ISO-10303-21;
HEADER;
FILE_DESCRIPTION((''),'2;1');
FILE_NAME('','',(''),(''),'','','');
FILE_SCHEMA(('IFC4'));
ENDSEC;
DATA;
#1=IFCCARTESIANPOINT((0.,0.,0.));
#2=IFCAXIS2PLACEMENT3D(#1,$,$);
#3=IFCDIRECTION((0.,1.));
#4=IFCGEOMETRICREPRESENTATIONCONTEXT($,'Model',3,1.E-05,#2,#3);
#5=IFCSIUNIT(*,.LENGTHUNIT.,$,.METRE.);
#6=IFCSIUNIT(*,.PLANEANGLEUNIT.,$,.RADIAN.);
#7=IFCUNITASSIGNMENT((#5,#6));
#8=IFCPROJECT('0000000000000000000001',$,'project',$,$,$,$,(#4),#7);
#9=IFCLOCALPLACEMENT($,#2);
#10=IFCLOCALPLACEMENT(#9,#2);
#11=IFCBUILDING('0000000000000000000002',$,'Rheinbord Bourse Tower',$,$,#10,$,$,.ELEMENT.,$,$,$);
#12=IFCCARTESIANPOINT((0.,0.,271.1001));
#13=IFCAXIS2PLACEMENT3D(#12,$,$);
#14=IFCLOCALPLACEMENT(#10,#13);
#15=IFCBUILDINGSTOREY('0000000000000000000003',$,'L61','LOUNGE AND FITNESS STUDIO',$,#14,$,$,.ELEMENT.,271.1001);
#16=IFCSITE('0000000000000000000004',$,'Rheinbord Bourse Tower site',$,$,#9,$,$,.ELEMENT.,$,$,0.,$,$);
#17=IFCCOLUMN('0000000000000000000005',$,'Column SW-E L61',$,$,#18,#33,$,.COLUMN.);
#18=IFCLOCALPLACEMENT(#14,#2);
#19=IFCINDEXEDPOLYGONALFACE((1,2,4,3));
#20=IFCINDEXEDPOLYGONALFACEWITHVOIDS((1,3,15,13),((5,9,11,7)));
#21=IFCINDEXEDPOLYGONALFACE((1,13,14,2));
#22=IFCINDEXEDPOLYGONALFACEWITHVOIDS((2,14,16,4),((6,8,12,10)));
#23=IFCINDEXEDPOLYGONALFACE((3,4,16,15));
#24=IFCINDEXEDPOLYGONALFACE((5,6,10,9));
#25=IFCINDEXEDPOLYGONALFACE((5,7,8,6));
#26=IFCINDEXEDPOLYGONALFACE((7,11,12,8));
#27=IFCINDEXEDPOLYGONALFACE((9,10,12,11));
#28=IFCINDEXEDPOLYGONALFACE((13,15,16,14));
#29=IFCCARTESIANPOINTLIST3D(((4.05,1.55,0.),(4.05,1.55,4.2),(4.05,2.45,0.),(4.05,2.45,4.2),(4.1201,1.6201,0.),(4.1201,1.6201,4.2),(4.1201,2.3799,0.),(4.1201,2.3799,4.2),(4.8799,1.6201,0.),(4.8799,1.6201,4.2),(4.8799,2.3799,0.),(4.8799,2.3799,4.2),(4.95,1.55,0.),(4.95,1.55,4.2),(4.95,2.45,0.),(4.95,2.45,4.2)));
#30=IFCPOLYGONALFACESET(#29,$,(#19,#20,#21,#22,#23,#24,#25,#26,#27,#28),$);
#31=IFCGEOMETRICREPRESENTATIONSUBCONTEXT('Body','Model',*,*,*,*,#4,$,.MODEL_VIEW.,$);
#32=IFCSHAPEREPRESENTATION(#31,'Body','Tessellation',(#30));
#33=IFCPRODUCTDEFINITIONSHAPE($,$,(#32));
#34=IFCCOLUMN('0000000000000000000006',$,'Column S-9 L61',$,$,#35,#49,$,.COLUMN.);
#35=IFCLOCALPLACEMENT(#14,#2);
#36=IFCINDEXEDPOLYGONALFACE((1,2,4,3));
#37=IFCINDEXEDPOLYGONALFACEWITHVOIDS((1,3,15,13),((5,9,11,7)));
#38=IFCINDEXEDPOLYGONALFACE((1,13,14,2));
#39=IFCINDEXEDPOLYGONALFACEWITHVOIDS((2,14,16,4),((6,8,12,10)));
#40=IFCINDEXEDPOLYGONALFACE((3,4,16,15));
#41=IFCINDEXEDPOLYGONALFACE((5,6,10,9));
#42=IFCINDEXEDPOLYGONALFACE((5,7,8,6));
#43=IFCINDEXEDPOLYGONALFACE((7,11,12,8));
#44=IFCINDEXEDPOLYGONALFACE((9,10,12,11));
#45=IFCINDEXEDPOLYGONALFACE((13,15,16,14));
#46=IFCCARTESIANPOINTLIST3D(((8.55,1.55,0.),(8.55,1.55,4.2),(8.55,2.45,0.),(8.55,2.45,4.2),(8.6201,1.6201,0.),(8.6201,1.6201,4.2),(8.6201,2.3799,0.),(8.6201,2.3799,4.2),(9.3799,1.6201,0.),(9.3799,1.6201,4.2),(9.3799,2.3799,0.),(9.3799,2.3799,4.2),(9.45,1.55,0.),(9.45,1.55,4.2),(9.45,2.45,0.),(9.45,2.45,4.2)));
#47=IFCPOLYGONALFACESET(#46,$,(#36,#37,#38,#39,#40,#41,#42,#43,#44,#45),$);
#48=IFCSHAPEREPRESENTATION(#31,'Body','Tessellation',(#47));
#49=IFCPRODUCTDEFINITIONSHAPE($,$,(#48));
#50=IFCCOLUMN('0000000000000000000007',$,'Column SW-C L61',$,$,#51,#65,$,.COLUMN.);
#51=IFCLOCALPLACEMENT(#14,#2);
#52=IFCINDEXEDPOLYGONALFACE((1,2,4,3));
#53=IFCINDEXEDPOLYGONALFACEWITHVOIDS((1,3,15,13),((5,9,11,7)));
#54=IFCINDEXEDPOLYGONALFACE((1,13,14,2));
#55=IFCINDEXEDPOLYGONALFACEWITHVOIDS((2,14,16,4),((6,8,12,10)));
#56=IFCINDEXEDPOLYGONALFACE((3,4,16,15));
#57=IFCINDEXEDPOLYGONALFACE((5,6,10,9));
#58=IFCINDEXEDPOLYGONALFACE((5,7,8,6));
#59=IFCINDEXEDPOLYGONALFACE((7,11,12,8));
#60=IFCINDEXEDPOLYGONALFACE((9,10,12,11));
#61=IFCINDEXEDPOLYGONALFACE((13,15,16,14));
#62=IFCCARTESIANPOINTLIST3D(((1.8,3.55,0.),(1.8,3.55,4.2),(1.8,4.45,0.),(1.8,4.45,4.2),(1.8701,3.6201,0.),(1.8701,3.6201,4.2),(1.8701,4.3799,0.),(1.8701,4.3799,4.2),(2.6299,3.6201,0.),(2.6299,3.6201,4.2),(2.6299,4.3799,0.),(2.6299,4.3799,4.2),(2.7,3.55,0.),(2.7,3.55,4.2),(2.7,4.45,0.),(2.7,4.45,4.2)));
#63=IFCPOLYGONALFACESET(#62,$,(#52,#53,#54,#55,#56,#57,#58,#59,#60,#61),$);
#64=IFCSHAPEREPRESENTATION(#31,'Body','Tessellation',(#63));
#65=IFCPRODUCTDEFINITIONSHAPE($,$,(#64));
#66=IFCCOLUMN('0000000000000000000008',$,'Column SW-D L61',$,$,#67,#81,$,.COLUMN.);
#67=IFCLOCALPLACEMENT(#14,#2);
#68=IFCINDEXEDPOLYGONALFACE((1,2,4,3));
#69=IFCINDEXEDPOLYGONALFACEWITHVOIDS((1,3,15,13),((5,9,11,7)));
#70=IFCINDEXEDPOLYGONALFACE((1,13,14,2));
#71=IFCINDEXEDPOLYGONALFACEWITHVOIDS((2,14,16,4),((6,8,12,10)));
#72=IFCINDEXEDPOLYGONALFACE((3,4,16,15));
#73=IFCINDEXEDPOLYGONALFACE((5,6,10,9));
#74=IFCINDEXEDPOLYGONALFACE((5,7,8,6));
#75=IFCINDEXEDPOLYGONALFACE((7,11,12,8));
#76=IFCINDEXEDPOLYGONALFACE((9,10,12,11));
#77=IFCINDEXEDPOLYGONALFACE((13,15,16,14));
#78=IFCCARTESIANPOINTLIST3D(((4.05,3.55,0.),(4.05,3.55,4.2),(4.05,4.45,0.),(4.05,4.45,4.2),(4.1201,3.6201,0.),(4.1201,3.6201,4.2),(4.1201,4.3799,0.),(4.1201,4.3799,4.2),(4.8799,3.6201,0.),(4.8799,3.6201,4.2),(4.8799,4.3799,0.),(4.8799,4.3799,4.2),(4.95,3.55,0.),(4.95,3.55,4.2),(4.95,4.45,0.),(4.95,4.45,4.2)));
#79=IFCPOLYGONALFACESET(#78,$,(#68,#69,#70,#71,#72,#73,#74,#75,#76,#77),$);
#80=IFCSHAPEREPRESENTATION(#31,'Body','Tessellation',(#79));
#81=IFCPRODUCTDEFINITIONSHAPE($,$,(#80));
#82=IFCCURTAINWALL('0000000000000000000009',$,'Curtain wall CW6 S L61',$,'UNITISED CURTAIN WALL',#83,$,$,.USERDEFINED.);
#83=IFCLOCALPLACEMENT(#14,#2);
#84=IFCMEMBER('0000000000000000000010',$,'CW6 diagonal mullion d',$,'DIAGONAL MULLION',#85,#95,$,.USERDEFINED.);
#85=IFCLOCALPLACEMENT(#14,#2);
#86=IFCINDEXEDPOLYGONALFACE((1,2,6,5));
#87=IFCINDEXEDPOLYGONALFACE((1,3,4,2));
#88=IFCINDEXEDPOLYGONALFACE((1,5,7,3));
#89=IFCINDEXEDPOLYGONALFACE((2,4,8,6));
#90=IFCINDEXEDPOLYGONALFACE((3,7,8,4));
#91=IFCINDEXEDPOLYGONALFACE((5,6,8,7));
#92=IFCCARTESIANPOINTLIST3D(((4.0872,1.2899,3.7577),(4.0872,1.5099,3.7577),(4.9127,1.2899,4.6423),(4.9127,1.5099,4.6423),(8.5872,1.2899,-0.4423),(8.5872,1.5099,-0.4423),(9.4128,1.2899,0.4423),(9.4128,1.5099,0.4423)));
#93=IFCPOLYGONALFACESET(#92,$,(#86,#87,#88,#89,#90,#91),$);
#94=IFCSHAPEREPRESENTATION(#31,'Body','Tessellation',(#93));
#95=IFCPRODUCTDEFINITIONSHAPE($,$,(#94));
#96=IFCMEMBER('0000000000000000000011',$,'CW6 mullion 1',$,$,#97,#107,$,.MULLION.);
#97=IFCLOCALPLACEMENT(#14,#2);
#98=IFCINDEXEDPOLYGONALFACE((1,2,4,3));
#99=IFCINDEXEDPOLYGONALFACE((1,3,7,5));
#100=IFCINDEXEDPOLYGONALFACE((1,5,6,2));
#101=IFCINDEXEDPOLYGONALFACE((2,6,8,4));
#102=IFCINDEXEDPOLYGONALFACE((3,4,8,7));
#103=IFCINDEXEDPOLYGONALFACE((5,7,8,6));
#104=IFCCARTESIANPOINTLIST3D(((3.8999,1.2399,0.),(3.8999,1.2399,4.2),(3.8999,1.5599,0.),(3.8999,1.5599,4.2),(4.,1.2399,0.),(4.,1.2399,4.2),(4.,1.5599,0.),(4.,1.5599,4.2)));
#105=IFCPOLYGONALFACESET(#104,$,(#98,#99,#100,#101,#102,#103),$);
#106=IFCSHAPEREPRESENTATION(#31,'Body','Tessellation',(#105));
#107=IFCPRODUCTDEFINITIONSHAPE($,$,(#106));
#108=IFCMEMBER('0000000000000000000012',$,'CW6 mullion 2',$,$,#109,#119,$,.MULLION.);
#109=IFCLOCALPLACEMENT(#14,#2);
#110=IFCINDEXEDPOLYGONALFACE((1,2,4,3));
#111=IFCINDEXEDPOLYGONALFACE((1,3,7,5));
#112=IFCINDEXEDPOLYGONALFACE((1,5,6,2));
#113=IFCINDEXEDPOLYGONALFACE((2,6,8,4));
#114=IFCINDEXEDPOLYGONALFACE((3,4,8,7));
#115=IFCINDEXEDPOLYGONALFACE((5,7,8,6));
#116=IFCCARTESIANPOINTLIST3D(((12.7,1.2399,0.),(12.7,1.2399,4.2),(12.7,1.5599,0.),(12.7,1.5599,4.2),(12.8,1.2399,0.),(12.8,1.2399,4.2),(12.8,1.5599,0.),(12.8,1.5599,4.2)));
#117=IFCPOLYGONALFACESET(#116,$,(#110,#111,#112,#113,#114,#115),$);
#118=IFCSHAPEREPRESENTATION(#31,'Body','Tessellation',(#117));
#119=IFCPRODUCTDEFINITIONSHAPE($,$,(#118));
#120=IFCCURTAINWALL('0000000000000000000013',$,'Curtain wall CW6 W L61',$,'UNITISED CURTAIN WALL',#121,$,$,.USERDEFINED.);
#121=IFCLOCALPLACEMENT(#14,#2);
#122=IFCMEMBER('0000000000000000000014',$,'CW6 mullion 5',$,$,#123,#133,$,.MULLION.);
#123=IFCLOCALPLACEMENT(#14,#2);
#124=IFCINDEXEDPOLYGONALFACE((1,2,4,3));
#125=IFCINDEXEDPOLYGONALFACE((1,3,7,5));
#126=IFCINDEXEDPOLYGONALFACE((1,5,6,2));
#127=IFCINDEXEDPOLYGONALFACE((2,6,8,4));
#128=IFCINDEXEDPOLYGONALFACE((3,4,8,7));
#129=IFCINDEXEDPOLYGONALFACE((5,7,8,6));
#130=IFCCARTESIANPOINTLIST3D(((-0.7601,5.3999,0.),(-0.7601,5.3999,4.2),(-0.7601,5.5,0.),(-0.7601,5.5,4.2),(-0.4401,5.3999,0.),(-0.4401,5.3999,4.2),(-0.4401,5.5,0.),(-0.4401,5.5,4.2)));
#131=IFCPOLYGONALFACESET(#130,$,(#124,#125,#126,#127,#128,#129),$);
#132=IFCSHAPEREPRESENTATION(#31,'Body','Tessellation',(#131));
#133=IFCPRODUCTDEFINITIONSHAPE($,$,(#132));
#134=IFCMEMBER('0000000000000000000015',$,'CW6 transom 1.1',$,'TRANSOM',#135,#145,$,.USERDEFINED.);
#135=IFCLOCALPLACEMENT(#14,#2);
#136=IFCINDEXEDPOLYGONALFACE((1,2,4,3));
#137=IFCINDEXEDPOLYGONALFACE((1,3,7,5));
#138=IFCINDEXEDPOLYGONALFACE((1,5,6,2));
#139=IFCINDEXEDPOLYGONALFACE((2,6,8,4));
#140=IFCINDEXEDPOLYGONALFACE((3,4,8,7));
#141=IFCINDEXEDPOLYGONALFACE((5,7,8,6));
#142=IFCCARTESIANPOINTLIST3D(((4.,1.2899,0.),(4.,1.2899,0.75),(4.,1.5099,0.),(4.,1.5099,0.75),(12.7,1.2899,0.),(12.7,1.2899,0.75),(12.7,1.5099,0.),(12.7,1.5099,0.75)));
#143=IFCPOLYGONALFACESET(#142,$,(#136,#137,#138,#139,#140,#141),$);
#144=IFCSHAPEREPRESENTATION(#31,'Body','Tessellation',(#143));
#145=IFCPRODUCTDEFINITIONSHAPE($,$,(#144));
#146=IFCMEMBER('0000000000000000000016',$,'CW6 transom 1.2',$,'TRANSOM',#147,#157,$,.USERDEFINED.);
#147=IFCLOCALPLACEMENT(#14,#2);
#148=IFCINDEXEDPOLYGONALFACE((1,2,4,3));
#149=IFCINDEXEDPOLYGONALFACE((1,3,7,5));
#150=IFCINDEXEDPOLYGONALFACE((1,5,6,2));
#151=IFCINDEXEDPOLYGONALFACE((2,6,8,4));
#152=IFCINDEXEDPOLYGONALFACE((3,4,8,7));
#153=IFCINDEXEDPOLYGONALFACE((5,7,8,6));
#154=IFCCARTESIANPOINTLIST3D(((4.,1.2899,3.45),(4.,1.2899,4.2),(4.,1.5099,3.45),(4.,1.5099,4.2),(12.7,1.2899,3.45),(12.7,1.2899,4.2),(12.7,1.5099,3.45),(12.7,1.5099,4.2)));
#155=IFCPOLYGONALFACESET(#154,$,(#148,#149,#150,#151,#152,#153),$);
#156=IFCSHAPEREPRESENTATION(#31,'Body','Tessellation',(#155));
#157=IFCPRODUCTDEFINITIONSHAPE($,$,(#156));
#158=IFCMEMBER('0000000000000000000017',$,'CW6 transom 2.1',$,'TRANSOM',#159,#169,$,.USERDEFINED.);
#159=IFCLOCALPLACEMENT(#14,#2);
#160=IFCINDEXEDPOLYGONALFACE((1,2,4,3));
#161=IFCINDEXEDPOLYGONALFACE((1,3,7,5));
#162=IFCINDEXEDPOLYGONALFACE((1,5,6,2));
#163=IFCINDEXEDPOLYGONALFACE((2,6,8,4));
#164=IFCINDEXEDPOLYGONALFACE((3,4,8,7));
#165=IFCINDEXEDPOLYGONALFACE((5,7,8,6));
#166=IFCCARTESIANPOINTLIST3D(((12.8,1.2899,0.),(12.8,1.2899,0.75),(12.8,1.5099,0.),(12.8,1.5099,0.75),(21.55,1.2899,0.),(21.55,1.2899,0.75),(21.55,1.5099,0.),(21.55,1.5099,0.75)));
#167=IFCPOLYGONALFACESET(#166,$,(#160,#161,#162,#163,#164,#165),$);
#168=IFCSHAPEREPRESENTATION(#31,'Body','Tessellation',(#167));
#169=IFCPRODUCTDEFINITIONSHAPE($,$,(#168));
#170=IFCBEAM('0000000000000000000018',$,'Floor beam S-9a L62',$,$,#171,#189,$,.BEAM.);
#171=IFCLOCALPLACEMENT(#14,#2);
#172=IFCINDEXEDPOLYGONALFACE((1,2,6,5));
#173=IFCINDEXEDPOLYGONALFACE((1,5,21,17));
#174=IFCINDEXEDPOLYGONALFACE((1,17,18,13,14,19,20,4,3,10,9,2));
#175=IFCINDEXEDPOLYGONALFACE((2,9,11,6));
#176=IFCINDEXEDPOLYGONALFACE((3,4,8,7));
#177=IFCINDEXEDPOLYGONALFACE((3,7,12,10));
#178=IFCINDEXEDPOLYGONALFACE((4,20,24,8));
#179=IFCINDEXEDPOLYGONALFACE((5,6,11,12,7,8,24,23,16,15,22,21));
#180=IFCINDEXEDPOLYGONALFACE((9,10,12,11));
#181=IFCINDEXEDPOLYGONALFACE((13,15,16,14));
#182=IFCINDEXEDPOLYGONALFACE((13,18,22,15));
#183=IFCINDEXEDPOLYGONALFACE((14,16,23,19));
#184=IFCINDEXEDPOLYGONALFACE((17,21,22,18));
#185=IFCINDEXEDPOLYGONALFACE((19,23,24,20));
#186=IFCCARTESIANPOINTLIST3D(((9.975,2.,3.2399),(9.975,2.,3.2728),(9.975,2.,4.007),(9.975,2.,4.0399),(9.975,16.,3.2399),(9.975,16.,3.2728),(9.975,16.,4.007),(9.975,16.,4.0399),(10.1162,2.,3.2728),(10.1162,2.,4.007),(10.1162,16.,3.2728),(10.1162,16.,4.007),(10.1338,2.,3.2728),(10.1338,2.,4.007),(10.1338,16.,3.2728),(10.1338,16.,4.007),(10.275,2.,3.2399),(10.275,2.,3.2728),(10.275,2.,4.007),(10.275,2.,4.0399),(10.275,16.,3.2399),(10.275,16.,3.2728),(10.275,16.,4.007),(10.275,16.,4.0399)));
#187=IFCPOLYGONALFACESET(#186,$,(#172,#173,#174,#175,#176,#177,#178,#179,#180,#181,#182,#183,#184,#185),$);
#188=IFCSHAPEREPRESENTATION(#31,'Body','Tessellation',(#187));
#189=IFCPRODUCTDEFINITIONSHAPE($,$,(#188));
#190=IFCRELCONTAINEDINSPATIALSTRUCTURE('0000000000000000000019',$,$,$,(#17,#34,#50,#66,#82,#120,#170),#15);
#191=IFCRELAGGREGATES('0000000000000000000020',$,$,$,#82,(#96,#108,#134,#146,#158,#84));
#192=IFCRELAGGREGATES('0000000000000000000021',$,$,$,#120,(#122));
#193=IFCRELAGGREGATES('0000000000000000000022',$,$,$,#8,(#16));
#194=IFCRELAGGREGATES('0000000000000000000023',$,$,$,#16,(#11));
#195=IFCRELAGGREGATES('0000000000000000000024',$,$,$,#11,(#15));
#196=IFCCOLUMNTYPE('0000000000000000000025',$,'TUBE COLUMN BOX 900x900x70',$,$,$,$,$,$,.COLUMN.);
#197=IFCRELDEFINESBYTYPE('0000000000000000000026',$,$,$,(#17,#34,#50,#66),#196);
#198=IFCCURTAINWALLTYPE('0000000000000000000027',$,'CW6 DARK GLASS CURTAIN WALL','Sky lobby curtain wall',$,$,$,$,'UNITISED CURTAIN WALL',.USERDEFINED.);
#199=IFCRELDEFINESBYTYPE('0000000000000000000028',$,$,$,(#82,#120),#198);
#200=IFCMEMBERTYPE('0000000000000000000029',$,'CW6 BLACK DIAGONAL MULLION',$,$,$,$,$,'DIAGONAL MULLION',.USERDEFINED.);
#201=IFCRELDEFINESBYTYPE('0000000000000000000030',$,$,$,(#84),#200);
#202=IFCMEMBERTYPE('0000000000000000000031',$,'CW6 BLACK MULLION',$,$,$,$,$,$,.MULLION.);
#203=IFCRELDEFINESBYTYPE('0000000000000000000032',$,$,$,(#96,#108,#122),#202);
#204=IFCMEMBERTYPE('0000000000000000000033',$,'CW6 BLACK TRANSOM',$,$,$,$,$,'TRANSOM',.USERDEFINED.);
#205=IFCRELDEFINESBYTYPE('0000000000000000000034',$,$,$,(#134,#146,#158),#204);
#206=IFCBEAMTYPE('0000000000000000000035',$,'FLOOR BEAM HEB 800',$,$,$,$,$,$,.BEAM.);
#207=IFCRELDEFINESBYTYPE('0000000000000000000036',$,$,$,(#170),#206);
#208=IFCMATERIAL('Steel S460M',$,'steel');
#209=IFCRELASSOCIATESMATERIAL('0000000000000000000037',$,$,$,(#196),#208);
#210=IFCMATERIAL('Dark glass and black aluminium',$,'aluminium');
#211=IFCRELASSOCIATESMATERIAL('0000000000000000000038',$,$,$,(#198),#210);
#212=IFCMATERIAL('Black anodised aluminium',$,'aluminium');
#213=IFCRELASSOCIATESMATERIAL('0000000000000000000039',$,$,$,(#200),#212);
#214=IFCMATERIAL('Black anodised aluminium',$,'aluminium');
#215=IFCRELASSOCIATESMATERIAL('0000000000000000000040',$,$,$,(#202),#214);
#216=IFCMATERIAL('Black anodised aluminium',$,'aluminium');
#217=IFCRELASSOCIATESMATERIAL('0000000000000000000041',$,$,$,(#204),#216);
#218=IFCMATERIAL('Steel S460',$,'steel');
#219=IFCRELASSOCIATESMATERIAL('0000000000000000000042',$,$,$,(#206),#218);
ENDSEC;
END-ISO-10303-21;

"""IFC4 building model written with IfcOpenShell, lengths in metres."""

from ifc_helpers import new_model, si_unit, direction, frame, origin, origin_2d, place, context, subcontext, project, spatial, rectangle, hollow_rectangle, i_section, extrude, material, material_profile, profile_set, type_object, element, aggregate, save


model = new_model("IFC4")

# Units and contexts
model_context = context("Model", 3, precision=1e-05, world=origin(), true_north=direction((0.0, 1.0)))
body_context = subcontext(model_context, "Body", "Model", "MODEL_VIEW")
ifc_project = project(units=[si_unit("LENGTHUNIT", "METRE"), si_unit("PLANEANGLEUNIT", "RADIAN")], contexts=[model_context])

# Site, building, storey
site_placement = place(None, origin())
site = spatial("IfcSite", under=ifc_project, at=site_placement, Name="Rheinbord Bourse Tower site", CompositionType="ELEMENT", RefElevation=0.0)
building_placement = place(site_placement, origin())
building = spatial("IfcBuilding", under=site, at=building_placement, Name="Rheinbord Bourse Tower", CompositionType="ELEMENT")
storey_placement = place(building_placement, frame((0.0, 0.0, 271.1001)))
storey = spatial("IfcBuildingStorey", under=building, at=storey_placement, Name="L61", Description="LOUNGE AND FITNESS STUDIO", CompositionType="ELEMENT", Elevation=271.1001)

# Columns
ifc_material_1 = material(Name="Steel S460M", Category="steel")
ifc_material_profile_1 = material_profile(ifc_material_1, hollow_rectangle(XDim=0.8999, YDim=0.8999, WallThickness=0.0701, at=origin_2d()), Name="BOX 900x900x70")
ifc_profile_set_1 = profile_set([ifc_material_profile_1], Name="Steel S460M")
column_type = type_object("IfcColumnType", Name="TUBE COLUMN BOX 900x900x70", PredefinedType="COLUMN", material=ifc_profile_set_1)
for number, where, z_axis, x_axis, name in (
    (1, (4.5, 2.0, 0.0), (0.0, 0.0, 1.0), (0.0, 1.0, 0.0), "Column SW-E L61"),
    (2, (9.0, 2.0, 0.0), (0.0, 0.0, 1.0), (0.0, 1.0, 0.0), "Column S-9 L61"),
    (3, (2.25, 4.0, 0.0), (0.0, 0.0, 1.0), (1.0, 0.0, 0.0), "Column SW-C L61"),
    (4, (4.5, 4.0, 0.0), (0.0, 0.0, 1.0), (0.0, 1.0, 0.0), "Column SW-D L61"),
):
    element("IfcColumn", number, at=place(storey_placement, frame(where, z_axis=z_axis, x_axis=x_axis)), inside=storey, type_object=column_type, Name=name, PredefinedType="COLUMN", context=body_context, shape_type="SweptSolid", body=[
        extrude(hollow_rectangle(XDim=0.8999, YDim=0.8999, WallThickness=0.0701, at=origin_2d()), origin(), (0.0, 0.0, 1.0), 4.2),
    ])

# Curtain wall, members
ifc_material_2 = material(Name="Dark glass and black aluminium", Category="aluminium")
curtain_wall_type = type_object("IfcCurtainWallType", Name="CW6 DARK GLASS CURTAIN WALL", Description="Sky lobby curtain wall", ElementType="UNITISED CURTAIN WALL", PredefinedType="USERDEFINED", material=ifc_material_2)
curtain_wall_1_placement = place(storey_placement, origin())
curtain_wall_1 = element("IfcCurtainWall", 5, at=curtain_wall_1_placement, inside=storey, type_object=curtain_wall_type, Name="Curtain wall CW6 S L61", ObjectType="UNITISED CURTAIN WALL", PredefinedType="USERDEFINED")
ifc_material_3 = material(Name="Black anodised aluminium", Category="aluminium")
ifc_material_profile_2 = material_profile(ifc_material_3, rectangle(XDim=0.22, YDim=1.21, at=origin_2d()), Name="CW6 DIAGONAL MULLION 1210x220")
ifc_profile_set_2 = profile_set([ifc_material_profile_2], Name="Black anodised aluminium")
member_type_1 = type_object("IfcMemberType", Name="CW6 BLACK DIAGONAL MULLION", ElementType="DIAGONAL MULLION", PredefinedType="USERDEFINED", material=ifc_profile_set_2)
member_1_placement = place(storey_placement, frame((9.0, 1.3999, 0.0), z_axis=(-0.731059, 0.0, 0.682314), x_axis=(0.0, -1.0, 0.0)))
member_1 = element("IfcMember", 6, at=member_1_placement, type_object=member_type_1, Name="CW6 diagonal mullion d", ObjectType="DIAGONAL MULLION", PredefinedType="USERDEFINED", context=body_context, shape_type="SweptSolid", body=[
    extrude(rectangle(XDim=0.22, YDim=1.21, at=origin_2d()), origin(), (0.0, 0.0, 1.0), 6.1555),
])
ifc_material_4 = material(Name="Black anodised aluminium", Category="aluminium")
ifc_material_profile_3 = material_profile(ifc_material_4, rectangle(XDim=0.3201, YDim=0.1001, at=origin_2d()), Name="CW6 MULLION 100x320")
ifc_profile_set_3 = profile_set([ifc_material_profile_3], Name="Black anodised aluminium")
member_type_2 = type_object("IfcMemberType", Name="CW6 BLACK MULLION", PredefinedType="MULLION", material=ifc_profile_set_3)
member_2_placement = place(storey_placement, frame((3.95, 1.3999, 0.0), z_axis=(0.0, 0.0, 1.0), x_axis=(0.0, 1.0, 0.0)))
member_2 = element("IfcMember", 7, at=member_2_placement, type_object=member_type_2, Name="CW6 mullion 1", PredefinedType="MULLION", context=body_context, shape_type="SweptSolid", body=[
    extrude(rectangle(XDim=0.3201, YDim=0.1001, at=origin_2d()), origin(), (0.0, 0.0, 1.0), 4.2),
])
member_3_placement = place(storey_placement, frame((12.75, 1.3999, 0.0), z_axis=(0.0, 0.0, 1.0), x_axis=(0.0, 1.0, 0.0)))
member_3 = element("IfcMember", 8, at=member_3_placement, type_object=member_type_2, Name="CW6 mullion 2", PredefinedType="MULLION", context=body_context, shape_type="SweptSolid", body=[
    extrude(rectangle(XDim=0.3201, YDim=0.1001, at=origin_2d()), origin(), (0.0, 0.0, 1.0), 4.2),
])

# Curtain wall, member
curtain_wall_2_placement = place(storey_placement, origin())
curtain_wall_2 = element("IfcCurtainWall", 9, at=curtain_wall_2_placement, inside=storey, type_object=curtain_wall_type, Name="Curtain wall CW6 W L61", ObjectType="UNITISED CURTAIN WALL", PredefinedType="USERDEFINED")
member_4_placement = place(storey_placement, frame((-0.6001, 5.45, 0.0), z_axis=(0.0, 0.0, 1.0), x_axis=(1.0, 0.0, 0.0)))
member_4 = element("IfcMember", 10, at=member_4_placement, type_object=member_type_2, Name="CW6 mullion 5", PredefinedType="MULLION", context=body_context, shape_type="SweptSolid", body=[
    extrude(rectangle(XDim=0.3201, YDim=0.1001, at=origin_2d()), origin(), (0.0, 0.0, 1.0), 4.2),
])

# Members
ifc_material_5 = material(Name="Black anodised aluminium", Category="aluminium")
ifc_material_profile_4 = material_profile(ifc_material_5, rectangle(XDim=0.22, YDim=0.75, at=origin_2d()), Name="CW6 TRANSOM 750x220")
ifc_profile_set_4 = profile_set([ifc_material_profile_4], Name="Black anodised aluminium")
member_type_3 = type_object("IfcMemberType", Name="CW6 BLACK TRANSOM", ElementType="TRANSOM", PredefinedType="USERDEFINED", material=ifc_profile_set_4)
member_5_placement = place(storey_placement, frame((4.0, 1.3999, 0.375), z_axis=(1.0, 0.0, 0.0), x_axis=(0.0, 1.0, 0.0)))
member_5 = element("IfcMember", 11, at=member_5_placement, type_object=member_type_3, Name="CW6 transom 1.1", ObjectType="TRANSOM", PredefinedType="USERDEFINED", context=body_context, shape_type="SweptSolid", body=[
    extrude(rectangle(XDim=0.22, YDim=0.75, at=origin_2d()), origin(), (0.0, 0.0, 1.0), 8.7),
])
member_6_placement = place(storey_placement, frame((4.0, 1.3999, 3.825), z_axis=(1.0, 0.0, 0.0), x_axis=(0.0, 1.0, 0.0)))
member_6 = element("IfcMember", 12, at=member_6_placement, type_object=member_type_3, Name="CW6 transom 1.2", ObjectType="TRANSOM", PredefinedType="USERDEFINED", context=body_context, shape_type="SweptSolid", body=[
    extrude(rectangle(XDim=0.22, YDim=0.75, at=origin_2d()), origin(), (0.0, 0.0, 1.0), 8.7),
])
member_7_placement = place(storey_placement, frame((12.8, 1.3999, 0.375), z_axis=(1.0, 0.0, 0.0), x_axis=(0.0, 1.0, 0.0)))
member_7 = element("IfcMember", 13, at=member_7_placement, type_object=member_type_3, Name="CW6 transom 2.1", ObjectType="TRANSOM", PredefinedType="USERDEFINED", context=body_context, shape_type="SweptSolid", body=[
    extrude(rectangle(XDim=0.22, YDim=0.75, at=origin_2d()), origin(), (0.0, 0.0, 1.0), 8.75),
])

# Beam
ifc_material_6 = material(Name="Steel S460", Category="steel")
ifc_material_profile_5 = material_profile(ifc_material_6, i_section(OverallWidth=0.3, OverallDepth=0.8, WebThickness=0.0176, FlangeThickness=0.033, at=origin_2d()), Name="HEB 800")
ifc_profile_set_5 = profile_set([ifc_material_profile_5], Name="Steel S460")
beam_type_1 = type_object("IfcBeamType", Name="FLOOR BEAM HEB 800", PredefinedType="BEAM", material=ifc_profile_set_5)
for number, where, z_axis, x_axis, name in (
    (14, (10.125, 2.0, 3.6399), (0.0, 1.0, 0.0), (-1.0, 0.0, 0.0), "Floor beam S-9a L62"),
):
    element("IfcBeam", number, at=place(storey_placement, frame(where, z_axis=z_axis, x_axis=x_axis)), inside=storey, type_object=beam_type_1, Name=name, PredefinedType="BEAM", context=body_context, shape_type="SweptSolid", body=[
        extrude(i_section(OverallWidth=0.3, OverallDepth=0.8, WebThickness=0.0176, FlangeThickness=0.033, at=origin_2d()), origin(), (0.0, 0.0, 1.0), 14.0),
    ])

aggregate(curtain_wall_1, [member_2, member_3, member_5, member_6, member_7, member_1])
aggregate(curtain_wall_2, [member_4])

save(model, "model.ifc")
